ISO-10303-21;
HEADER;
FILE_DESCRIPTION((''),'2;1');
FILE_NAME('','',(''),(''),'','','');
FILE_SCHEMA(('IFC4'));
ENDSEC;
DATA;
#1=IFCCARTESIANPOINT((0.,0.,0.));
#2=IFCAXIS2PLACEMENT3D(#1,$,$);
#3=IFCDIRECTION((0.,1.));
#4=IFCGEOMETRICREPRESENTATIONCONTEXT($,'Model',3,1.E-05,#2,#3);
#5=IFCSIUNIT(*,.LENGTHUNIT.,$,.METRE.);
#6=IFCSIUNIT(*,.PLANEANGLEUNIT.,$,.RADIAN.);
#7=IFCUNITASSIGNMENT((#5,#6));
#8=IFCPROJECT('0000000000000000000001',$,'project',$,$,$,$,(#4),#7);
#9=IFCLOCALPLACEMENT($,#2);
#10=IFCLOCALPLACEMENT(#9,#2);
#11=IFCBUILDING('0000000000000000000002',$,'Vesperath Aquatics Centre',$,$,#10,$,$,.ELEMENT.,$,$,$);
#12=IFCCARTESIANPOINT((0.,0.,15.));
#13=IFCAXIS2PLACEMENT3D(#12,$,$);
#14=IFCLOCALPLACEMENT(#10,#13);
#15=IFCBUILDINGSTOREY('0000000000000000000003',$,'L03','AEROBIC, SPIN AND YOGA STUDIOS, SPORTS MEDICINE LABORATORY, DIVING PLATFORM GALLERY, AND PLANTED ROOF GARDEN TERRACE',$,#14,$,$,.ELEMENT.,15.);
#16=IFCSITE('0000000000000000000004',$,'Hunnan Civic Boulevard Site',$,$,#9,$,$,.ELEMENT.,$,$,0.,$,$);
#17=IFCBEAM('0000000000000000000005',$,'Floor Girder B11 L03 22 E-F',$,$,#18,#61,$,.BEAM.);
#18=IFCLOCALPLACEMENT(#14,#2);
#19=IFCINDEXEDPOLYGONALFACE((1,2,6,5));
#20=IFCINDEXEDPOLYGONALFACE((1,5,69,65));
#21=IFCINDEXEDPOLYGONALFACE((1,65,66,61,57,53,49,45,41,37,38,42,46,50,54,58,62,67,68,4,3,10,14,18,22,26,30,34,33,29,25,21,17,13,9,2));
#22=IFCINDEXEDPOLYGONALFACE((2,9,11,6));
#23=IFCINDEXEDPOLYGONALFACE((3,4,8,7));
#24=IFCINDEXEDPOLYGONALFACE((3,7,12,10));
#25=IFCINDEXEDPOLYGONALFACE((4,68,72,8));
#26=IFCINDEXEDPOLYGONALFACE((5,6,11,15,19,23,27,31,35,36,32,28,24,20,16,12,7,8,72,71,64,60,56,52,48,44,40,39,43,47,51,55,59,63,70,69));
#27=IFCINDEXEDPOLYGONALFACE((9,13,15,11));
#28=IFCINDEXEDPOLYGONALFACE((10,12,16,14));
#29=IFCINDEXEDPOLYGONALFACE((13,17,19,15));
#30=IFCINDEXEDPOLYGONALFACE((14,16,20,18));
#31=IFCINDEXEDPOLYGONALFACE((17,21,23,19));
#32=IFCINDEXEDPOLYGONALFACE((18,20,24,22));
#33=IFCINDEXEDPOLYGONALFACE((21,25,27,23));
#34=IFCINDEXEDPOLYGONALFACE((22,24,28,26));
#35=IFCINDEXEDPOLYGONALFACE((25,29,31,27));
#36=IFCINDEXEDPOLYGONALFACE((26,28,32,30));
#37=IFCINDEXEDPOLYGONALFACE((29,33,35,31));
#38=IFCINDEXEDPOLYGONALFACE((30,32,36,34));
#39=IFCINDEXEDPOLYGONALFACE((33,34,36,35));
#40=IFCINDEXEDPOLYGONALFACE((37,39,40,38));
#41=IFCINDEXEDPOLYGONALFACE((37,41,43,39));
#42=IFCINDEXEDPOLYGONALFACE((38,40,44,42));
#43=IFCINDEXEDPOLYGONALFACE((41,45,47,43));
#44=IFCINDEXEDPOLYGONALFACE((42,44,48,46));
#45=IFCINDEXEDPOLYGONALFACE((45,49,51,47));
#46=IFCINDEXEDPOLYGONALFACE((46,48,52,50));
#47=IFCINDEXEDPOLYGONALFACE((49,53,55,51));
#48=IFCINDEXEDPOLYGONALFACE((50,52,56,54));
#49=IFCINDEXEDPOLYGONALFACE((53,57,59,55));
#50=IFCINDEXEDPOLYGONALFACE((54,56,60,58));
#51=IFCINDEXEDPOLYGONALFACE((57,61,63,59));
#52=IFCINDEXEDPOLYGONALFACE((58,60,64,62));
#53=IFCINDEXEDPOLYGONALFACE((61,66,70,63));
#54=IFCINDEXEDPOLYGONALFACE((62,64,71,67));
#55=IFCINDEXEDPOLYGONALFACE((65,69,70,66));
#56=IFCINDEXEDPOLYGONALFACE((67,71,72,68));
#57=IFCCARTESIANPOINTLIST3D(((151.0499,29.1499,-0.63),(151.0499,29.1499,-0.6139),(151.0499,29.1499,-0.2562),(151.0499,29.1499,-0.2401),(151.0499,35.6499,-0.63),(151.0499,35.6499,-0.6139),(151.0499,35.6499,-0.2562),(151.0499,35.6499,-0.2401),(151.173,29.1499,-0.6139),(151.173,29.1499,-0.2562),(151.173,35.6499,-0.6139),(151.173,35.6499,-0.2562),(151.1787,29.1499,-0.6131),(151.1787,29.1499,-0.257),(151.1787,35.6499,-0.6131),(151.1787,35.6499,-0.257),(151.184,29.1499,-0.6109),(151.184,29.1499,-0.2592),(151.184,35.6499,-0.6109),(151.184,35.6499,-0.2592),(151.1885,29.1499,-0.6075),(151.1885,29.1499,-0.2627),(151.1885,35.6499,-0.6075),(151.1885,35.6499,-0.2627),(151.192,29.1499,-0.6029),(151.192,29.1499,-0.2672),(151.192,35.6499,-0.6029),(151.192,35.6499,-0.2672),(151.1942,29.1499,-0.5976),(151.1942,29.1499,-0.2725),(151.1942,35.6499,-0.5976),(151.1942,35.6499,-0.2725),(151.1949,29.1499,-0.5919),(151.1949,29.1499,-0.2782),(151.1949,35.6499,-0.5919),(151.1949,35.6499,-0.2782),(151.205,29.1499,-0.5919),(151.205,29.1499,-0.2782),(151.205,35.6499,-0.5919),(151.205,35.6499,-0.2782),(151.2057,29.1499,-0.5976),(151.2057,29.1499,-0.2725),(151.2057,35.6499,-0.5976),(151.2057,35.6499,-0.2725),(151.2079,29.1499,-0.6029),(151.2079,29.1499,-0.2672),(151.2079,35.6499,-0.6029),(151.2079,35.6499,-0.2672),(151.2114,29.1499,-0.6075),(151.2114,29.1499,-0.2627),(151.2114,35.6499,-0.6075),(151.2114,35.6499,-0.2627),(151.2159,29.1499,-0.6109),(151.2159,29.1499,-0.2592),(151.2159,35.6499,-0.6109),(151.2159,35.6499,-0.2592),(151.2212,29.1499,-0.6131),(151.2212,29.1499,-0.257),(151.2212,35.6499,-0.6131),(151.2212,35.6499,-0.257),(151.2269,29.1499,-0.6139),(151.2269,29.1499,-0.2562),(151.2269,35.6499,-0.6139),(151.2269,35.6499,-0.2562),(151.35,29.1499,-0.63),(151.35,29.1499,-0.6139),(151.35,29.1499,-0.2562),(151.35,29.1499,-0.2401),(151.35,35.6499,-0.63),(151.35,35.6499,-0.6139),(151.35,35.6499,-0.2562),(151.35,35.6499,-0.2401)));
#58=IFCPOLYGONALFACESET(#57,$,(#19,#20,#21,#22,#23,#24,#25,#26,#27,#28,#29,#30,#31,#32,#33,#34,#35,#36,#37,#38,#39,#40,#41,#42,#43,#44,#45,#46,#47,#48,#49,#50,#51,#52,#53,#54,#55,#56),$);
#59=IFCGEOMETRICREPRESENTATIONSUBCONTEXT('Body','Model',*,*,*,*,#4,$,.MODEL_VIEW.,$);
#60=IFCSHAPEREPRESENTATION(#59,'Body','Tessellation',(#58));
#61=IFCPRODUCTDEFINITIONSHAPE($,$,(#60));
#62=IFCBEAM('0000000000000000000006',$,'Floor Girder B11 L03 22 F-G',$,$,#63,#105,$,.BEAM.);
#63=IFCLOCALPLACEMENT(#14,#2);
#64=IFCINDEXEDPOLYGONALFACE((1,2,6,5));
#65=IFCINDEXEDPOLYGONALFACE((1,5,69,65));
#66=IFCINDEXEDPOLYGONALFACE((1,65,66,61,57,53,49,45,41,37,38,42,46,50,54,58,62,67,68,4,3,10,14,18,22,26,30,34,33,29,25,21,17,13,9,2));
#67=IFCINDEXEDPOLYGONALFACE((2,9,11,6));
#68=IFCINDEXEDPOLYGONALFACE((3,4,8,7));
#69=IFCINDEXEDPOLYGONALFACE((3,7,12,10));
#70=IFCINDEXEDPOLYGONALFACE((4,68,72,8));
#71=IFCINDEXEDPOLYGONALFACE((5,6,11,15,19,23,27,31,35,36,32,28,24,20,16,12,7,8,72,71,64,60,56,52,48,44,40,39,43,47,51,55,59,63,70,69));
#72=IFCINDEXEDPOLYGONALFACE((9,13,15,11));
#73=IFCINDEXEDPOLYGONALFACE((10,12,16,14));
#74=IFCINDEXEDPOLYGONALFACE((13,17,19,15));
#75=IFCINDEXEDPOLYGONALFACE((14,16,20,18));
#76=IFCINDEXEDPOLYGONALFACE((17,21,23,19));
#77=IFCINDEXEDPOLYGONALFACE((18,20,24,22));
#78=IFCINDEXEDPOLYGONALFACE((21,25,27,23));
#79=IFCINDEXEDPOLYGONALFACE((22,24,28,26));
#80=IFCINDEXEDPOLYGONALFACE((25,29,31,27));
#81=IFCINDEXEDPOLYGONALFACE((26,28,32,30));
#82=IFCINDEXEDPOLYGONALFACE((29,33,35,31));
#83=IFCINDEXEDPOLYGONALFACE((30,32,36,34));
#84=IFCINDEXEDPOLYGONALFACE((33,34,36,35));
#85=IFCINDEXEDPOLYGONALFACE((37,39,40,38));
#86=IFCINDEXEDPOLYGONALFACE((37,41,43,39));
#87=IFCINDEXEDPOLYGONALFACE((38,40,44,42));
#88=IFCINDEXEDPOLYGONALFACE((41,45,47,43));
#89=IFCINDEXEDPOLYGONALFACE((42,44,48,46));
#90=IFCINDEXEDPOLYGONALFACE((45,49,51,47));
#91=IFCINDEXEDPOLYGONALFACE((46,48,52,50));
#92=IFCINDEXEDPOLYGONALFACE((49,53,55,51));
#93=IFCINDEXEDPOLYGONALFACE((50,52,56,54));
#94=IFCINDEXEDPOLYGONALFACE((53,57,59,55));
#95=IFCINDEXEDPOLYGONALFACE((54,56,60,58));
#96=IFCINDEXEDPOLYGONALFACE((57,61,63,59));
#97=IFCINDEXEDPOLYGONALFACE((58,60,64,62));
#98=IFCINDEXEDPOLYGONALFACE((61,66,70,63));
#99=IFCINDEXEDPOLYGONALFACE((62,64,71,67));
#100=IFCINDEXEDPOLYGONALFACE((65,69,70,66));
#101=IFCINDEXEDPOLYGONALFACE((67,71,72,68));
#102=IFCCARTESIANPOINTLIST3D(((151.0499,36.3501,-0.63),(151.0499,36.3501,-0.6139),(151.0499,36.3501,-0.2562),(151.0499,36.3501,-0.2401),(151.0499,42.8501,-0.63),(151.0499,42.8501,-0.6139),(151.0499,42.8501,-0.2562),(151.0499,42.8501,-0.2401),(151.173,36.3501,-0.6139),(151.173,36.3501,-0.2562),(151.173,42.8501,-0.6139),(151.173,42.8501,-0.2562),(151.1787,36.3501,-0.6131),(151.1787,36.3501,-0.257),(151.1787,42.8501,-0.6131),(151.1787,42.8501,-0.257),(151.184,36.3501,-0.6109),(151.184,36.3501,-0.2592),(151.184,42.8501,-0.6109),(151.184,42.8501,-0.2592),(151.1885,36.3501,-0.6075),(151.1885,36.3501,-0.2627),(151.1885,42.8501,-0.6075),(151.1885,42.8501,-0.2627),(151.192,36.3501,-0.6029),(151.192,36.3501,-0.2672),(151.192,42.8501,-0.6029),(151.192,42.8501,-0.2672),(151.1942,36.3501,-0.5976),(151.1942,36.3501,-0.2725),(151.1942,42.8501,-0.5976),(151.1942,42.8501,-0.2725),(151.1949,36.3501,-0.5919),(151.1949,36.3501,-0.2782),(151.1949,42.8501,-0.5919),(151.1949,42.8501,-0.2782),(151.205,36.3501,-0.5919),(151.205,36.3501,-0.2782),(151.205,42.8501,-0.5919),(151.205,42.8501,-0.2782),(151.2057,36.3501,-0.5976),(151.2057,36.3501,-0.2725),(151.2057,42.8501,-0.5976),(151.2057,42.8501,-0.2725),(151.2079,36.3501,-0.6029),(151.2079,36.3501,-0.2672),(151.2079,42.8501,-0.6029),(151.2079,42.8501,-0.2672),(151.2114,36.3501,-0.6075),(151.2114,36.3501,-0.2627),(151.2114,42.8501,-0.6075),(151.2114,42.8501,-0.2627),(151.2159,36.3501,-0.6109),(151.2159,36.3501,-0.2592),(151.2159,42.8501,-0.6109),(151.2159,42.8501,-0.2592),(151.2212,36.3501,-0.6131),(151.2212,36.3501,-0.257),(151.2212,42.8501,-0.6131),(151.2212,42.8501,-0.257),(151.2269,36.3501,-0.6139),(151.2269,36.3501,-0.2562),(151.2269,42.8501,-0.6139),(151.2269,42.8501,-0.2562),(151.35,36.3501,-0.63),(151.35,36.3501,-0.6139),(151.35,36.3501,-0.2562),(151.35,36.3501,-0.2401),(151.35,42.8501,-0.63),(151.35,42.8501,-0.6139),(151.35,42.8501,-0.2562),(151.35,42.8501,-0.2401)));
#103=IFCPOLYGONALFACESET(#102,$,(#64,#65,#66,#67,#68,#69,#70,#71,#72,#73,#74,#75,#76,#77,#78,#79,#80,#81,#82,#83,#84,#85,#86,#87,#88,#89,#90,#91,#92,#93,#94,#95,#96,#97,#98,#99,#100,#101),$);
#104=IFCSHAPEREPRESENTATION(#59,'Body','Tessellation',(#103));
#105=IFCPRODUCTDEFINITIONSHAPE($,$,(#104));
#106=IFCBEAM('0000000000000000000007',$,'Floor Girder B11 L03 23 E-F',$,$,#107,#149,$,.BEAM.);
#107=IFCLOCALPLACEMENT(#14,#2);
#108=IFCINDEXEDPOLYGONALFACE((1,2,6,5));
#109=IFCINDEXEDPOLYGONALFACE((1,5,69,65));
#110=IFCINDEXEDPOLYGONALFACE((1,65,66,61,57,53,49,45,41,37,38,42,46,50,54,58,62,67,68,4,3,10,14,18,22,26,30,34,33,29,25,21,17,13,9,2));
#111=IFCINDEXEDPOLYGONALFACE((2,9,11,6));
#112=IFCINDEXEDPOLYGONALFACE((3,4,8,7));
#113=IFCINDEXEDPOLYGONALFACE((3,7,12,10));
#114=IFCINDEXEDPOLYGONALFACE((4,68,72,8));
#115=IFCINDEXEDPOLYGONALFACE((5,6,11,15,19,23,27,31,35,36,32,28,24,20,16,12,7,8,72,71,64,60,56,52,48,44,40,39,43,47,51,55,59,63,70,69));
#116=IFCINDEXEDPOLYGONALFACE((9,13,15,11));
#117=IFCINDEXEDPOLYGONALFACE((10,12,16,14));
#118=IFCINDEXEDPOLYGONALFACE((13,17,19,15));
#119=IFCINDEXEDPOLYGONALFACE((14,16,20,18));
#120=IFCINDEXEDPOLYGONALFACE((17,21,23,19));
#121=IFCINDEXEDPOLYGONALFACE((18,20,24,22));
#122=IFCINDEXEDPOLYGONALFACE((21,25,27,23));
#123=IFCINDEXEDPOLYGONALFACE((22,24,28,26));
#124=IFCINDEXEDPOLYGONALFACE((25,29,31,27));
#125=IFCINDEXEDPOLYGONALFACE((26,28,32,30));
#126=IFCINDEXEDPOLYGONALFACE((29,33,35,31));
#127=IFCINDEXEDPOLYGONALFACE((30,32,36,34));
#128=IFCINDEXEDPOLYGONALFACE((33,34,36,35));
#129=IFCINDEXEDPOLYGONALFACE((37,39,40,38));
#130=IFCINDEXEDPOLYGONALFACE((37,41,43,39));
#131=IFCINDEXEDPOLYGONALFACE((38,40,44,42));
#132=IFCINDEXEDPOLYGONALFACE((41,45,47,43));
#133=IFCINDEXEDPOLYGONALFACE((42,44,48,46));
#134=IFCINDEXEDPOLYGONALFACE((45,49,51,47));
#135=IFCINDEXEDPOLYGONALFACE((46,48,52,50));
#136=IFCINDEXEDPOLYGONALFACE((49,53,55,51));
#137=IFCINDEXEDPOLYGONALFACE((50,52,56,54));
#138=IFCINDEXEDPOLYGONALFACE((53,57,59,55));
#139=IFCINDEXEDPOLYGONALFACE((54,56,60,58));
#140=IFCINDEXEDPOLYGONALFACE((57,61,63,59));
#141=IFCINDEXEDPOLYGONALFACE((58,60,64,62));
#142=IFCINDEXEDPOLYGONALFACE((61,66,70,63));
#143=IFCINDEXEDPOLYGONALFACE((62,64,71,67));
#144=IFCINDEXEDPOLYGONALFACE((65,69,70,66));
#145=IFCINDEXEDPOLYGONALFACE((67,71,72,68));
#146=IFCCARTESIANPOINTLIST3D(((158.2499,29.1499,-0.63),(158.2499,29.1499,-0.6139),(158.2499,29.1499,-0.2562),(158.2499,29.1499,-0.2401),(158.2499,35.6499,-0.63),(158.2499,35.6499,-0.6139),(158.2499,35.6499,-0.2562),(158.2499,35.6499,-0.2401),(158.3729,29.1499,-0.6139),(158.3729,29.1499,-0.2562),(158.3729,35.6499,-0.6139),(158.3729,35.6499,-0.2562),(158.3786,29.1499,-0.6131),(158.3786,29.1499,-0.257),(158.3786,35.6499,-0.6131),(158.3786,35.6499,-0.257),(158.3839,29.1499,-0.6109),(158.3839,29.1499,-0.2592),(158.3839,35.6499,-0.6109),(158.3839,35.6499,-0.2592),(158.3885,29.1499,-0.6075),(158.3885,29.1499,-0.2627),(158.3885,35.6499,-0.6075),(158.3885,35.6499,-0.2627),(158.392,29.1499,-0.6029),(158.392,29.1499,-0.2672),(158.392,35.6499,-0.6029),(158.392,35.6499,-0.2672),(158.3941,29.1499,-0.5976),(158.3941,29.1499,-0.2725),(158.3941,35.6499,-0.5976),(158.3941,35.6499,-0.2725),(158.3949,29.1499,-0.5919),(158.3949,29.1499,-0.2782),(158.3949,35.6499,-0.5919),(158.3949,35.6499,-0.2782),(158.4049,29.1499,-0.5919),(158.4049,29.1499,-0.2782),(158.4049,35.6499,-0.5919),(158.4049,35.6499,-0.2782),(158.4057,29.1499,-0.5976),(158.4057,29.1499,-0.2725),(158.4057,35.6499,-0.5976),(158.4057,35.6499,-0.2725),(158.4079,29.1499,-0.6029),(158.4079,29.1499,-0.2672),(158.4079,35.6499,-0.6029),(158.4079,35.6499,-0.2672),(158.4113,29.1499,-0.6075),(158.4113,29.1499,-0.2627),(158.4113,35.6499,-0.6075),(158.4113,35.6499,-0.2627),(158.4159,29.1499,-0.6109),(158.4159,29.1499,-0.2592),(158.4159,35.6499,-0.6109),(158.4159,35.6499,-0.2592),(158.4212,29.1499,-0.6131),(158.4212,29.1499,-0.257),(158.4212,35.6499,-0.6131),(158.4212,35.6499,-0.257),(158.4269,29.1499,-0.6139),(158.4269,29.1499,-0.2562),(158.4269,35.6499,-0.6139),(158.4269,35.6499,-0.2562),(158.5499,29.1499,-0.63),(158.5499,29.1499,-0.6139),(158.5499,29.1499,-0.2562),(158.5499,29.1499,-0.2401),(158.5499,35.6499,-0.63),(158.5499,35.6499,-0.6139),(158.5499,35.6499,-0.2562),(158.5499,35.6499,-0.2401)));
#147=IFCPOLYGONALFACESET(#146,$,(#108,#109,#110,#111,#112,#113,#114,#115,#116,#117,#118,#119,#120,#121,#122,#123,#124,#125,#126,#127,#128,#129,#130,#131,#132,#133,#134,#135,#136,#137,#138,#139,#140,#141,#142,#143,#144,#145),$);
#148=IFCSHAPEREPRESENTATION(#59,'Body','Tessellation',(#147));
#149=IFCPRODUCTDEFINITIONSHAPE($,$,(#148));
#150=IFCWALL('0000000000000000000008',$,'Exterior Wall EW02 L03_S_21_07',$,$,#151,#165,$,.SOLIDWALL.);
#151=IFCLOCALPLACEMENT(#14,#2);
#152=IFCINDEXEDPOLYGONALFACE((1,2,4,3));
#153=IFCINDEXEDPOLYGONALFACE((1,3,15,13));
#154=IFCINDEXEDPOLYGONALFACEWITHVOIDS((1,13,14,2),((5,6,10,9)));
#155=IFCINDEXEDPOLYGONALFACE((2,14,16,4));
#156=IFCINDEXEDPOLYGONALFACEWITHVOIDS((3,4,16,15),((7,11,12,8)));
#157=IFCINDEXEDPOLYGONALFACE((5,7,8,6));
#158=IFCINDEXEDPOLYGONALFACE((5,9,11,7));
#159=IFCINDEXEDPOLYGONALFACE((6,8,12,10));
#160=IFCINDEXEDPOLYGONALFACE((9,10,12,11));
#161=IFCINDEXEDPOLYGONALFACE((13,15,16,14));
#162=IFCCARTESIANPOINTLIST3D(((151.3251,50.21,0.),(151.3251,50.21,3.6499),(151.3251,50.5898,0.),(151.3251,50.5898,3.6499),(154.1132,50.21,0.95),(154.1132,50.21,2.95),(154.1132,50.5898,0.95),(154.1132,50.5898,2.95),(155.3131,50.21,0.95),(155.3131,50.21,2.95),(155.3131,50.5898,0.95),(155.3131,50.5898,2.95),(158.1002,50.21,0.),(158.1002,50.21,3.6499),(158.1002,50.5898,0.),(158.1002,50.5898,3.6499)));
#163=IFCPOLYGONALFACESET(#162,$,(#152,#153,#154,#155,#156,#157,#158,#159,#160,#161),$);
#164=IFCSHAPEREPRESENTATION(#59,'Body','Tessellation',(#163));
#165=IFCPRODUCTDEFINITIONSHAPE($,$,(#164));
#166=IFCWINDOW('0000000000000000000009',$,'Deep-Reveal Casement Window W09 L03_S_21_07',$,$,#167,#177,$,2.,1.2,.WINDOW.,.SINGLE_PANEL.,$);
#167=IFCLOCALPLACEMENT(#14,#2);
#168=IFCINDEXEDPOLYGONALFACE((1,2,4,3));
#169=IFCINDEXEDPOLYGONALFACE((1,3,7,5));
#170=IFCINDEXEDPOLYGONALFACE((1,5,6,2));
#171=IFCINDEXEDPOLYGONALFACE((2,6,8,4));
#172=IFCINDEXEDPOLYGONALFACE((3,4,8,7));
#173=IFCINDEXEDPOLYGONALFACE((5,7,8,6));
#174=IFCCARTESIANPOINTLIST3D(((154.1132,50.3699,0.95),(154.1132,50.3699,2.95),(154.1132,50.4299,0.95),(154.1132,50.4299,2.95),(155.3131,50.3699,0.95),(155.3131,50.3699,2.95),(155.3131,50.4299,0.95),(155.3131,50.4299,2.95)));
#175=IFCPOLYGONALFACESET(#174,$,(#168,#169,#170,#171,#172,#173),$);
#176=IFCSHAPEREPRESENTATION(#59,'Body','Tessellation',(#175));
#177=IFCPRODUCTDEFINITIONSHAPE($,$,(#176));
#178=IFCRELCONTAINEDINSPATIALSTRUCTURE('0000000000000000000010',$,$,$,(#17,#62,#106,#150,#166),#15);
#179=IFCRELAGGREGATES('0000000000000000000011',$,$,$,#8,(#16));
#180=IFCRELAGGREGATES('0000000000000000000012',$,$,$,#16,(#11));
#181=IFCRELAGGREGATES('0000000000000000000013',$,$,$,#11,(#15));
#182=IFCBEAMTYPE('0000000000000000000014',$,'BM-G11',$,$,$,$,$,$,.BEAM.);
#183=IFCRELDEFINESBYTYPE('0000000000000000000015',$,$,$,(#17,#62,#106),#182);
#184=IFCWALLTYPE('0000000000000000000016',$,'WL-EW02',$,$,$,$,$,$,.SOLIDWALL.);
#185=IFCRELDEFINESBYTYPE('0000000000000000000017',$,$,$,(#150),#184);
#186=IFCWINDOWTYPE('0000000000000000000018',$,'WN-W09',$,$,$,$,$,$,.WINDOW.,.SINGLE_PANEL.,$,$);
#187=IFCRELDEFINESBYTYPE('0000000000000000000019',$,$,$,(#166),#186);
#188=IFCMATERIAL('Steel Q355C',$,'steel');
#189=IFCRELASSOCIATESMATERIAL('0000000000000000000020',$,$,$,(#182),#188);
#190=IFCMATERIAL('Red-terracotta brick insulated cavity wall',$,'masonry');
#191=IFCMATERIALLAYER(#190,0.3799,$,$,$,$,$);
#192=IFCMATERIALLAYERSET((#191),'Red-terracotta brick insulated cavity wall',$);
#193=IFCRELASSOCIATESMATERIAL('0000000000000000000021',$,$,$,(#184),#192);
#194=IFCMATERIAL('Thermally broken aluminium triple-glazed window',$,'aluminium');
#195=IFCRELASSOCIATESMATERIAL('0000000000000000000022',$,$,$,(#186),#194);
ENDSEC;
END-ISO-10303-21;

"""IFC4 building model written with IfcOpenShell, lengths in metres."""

from ifc_helpers import new_model, si_unit, direction, frame, frame_2d, origin, origin_2d, place, context, subcontext, project, spatial, rectangle, i_section, extrude, material, layer, layer_set, material_profile, profile_set, type_object, element, fill, save


model = new_model("IFC4")

# Units and contexts
model_context = context("Model", 3, precision=1e-05, world=origin(), true_north=direction((0.0, 1.0)))
body_context = subcontext(model_context, "Body", "Model", "MODEL_VIEW")
ifc_project = project(units=[si_unit("LENGTHUNIT", "METRE"), si_unit("PLANEANGLEUNIT", "RADIAN")], contexts=[model_context])

# Site, building, storey
site_placement = place(None, origin())
site = spatial("IfcSite", under=ifc_project, at=site_placement, Name="Hunnan Civic Boulevard Site", CompositionType="ELEMENT", RefElevation=0.0)
building_placement = place(site_placement, origin())
building = spatial("IfcBuilding", under=site, at=building_placement, Name="Vesperath Aquatics Centre", CompositionType="ELEMENT")
storey_placement = place(building_placement, frame((0.0, 0.0, 15.0)))
storey = spatial("IfcBuildingStorey", under=building, at=storey_placement, Name="L03", Description="AEROBIC, SPIN AND YOGA STUDIOS, SPORTS MEDICINE LABORATORY, DIVING PLATFORM GALLERY, AND PLANTED ROOF GARDEN TERRACE", CompositionType="ELEMENT", Elevation=15.0)

# Shared definitions
ifc_material_1 = material(Name="Steel Q355C", Category="steel")

# Beams
ifc_material_profile_1 = material_profile(ifc_material_1, i_section(OverallWidth=0.3, OverallDepth=0.3899, WebThickness=0.01, FlangeThickness=0.0161, FilletRadius=0.022, at=origin_2d()), Name="HM 390x300x10x16")
ifc_profile_set_1 = profile_set([ifc_material_profile_1], Name="Steel Q355C")
beam_type_1 = type_object("IfcBeamType", Name="BM-G11", PredefinedType="BEAM", material=ifc_profile_set_1)
for number, where, z_axis, x_axis, name in (
    (1, (151.2, 29.1499, -0.4351), (0.0, 1.0, 0.0), (-1.0, 0.0, 0.0), "Floor Girder B11 L03 22 E-F"),
    (2, (151.2, 36.3501, -0.4351), (0.0, 1.0, 0.0), (-1.0, 0.0, 0.0), "Floor Girder B11 L03 22 F-G"),
    (3, (158.3999, 29.1499, -0.4351), (0.0, 1.0, 0.0), (-1.0, 0.0, 0.0), "Floor Girder B11 L03 23 E-F"),
):
    element("IfcBeam", number, at=place(storey_placement, frame(where, z_axis=z_axis, x_axis=x_axis)), inside=storey, type_object=beam_type_1, Name=name, PredefinedType="BEAM", context=body_context, shape_type="SweptSolid", body=[
        extrude(i_section(OverallWidth=0.3, OverallDepth=0.3899, WebThickness=0.01, FlangeThickness=0.0161, FilletRadius=0.022, at=origin_2d()), origin(), (0.0, 0.0, 1.0), 6.5),
    ])

# Wall, opening, window
ifc_material_2 = material(Name="Red-terracotta brick insulated cavity wall", Category="masonry")
ifc_layer_1 = layer(ifc_material_2, 0.3799)
ifc_layer_set_1 = layer_set([ifc_layer_1], Name="Red-terracotta brick insulated cavity wall")
wall_type_1 = type_object("IfcWallType", Name="WL-EW02", PredefinedType="SOLIDWALL", material=ifc_layer_set_1)
wall_1_placement = place(storey_placement, frame((151.325, 50.3999, 0.0), z_axis=(0.0, 0.0, 1.0), x_axis=(1.0, 0.0, 0.0)))
wall_1 = element("IfcWall", 4, at=wall_1_placement, inside=storey, type_object=wall_type_1, Name="Exterior Wall EW02 L03_S_21_07", PredefinedType="SOLIDWALL", context=body_context, shape_type="SweptSolid", body=[
    extrude(rectangle(XDim=6.7751, YDim=0.3799, at=frame_2d((3.3877, 0.0))), origin(), (0.0, 0.0, 1.0), 3.6499),
])
opening_1_placement = place(wall_1_placement, frame((2.7881, 0.0, 0.95)))
opening_1 = element("IfcOpeningElement", 5, at=opening_1_placement, cuts=wall_1, PredefinedType="OPENING", context=body_context, shape_type="SweptSolid", body=[
    extrude(rectangle(XDim=1.2, YDim=2.0, at=frame_2d((0.6001, 1.0))), frame((0.0, 0.2048, 0.0), z_axis=(0.0, -1.0, 0.0), x_axis=(1.0, 0.0, 0.0)), (0.0, 0.0, 1.0), 0.4097),
])
ifc_material_3 = material(Name="Thermally broken aluminium triple-glazed window", Category="aluminium")
window_type_1 = type_object("IfcWindowType", Name="WN-W09", PartitioningType="SINGLE_PANEL", PredefinedType="WINDOW", material=ifc_material_3)
window_1_placement = place(opening_1_placement, origin())
window_1 = element("IfcWindow", 6, at=window_1_placement, inside=storey, type_object=window_type_1, Name="Deep-Reveal Casement Window W09 L03_S_21_07", OverallHeight=2.0, OverallWidth=1.2, PartitioningType="SINGLE_PANEL", PredefinedType="WINDOW", context=body_context, shape_type="SweptSolid", body=[
    extrude(rectangle(XDim=1.2, YDim=2.0, at=frame_2d((0.6001, 1.0))), frame((0.0, 0.03, 0.0), z_axis=(0.0, -1.0, 0.0), x_axis=(1.0, 0.0, 0.0)), (0.0, 0.0, 1.0), 0.0601),
])
fill(opening_1, window_1)

save(model, "model.ifc")
